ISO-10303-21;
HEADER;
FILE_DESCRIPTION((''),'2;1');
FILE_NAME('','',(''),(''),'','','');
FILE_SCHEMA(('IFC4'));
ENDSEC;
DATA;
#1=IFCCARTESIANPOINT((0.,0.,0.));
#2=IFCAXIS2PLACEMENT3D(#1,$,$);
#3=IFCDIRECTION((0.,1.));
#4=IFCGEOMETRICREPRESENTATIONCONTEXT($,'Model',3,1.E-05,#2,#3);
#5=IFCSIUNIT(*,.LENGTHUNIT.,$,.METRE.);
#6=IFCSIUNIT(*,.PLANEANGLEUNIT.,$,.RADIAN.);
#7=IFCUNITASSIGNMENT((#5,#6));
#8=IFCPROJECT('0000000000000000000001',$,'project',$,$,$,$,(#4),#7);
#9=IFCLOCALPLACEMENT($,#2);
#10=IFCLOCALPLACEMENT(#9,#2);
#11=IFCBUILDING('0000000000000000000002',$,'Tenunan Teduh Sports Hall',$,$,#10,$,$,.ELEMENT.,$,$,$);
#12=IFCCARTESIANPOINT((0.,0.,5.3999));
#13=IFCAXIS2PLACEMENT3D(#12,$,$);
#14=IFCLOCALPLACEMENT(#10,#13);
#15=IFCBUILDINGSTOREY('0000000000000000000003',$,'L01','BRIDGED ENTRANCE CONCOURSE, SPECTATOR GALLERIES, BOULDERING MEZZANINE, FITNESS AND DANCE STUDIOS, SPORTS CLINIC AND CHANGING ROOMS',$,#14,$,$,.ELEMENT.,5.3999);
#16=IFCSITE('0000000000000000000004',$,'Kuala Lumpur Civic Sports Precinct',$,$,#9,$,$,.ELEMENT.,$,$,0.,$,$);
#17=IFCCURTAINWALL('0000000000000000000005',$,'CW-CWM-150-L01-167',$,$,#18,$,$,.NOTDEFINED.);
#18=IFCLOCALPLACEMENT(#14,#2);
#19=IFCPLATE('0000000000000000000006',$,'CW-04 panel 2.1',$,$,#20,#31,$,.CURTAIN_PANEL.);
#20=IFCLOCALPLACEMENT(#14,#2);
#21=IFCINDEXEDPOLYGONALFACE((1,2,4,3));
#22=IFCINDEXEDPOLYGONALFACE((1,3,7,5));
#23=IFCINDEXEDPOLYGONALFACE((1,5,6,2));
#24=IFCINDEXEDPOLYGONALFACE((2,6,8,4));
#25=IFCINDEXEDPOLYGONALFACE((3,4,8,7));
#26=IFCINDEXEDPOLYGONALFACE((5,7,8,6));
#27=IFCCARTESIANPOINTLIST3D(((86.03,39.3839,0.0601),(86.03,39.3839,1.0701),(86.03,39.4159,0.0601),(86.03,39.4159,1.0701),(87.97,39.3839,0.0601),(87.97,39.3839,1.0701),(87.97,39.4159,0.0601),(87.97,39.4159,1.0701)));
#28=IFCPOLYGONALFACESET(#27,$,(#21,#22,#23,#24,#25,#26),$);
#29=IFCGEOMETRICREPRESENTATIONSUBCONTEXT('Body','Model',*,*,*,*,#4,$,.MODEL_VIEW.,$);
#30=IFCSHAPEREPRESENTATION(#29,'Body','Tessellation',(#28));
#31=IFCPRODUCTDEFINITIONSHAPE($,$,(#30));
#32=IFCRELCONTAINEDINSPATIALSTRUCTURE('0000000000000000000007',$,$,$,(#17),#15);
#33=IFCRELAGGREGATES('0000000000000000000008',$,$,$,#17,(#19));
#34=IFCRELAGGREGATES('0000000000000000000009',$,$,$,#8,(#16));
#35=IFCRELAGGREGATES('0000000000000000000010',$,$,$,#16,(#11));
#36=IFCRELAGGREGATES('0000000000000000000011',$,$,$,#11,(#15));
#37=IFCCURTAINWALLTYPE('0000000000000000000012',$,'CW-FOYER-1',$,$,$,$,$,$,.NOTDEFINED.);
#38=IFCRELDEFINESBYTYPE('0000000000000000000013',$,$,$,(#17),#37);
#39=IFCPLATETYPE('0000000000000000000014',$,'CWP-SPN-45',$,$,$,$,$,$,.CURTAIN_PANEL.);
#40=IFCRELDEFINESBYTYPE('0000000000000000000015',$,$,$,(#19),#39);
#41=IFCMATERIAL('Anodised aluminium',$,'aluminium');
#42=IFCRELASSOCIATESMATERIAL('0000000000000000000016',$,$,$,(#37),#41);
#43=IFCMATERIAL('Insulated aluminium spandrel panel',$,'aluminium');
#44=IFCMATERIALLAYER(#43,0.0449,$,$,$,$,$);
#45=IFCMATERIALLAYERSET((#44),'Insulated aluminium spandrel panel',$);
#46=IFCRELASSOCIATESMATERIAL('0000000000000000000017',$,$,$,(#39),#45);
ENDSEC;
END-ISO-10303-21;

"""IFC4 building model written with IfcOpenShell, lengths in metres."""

from ifc_helpers import new_model, si_unit, direction, frame, origin, origin_2d, place, context, subcontext, project, spatial, rectangle, extrude, material, layer, layer_set, type_object, element, aggregate, save


model = new_model("IFC4")

# Units and contexts
model_context = context("Model", 3, precision=1e-05, world=origin(), true_north=direction((0.0, 1.0)))
body_context = subcontext(model_context, "Body", "Model", "MODEL_VIEW")
ifc_project = project(units=[si_unit("LENGTHUNIT", "METRE"), si_unit("PLANEANGLEUNIT", "RADIAN")], contexts=[model_context])

# Site, building, storey
site_placement = place(None, origin())
site = spatial("IfcSite", under=ifc_project, at=site_placement, Name="Kuala Lumpur Civic Sports Precinct", CompositionType="ELEMENT", RefElevation=0.0)
building_placement = place(site_placement, origin())
building = spatial("IfcBuilding", under=site, at=building_placement, Name="Tenunan Teduh Sports Hall", CompositionType="ELEMENT")
storey_placement = place(building_placement, frame((0.0, 0.0, 5.3999)))
storey = spatial("IfcBuildingStorey", under=building, at=storey_placement, Name="L01", Description="BRIDGED ENTRANCE CONCOURSE, SPECTATOR GALLERIES, BOULDERING MEZZANINE, FITNESS AND DANCE STUDIOS, SPORTS CLINIC AND CHANGING ROOMS", CompositionType="ELEMENT", Elevation=5.3999)

# Curtain wall
ifc_material_1 = material(Name="Anodised aluminium", Category="aluminium")
curtain_wall_type = type_object("IfcCurtainWallType", Name="CW-FOYER-1", PredefinedType="NOTDEFINED", material=ifc_material_1)
curtain_wall_1_placement = place(storey_placement, origin())
curtain_wall_1 = element("IfcCurtainWall", 1, at=curtain_wall_1_placement, inside=storey, type_object=curtain_wall_type, Name="CW-CWM-150-L01-167", PredefinedType="NOTDEFINED")

# Plate
ifc_material_2 = material(Name="Insulated aluminium spandrel panel", Category="aluminium")
ifc_layer_1 = layer(ifc_material_2, 0.0449)
ifc_layer_set_1 = layer_set([ifc_layer_1], Name="Insulated aluminium spandrel panel")
plate_type_1 = type_object("IfcPlateType", Name="CWP-SPN-45", PredefinedType="CURTAIN_PANEL", material=ifc_layer_set_1)
plate_1_placement = place(storey_placement, frame((87.0, 39.3999, 0.0601), z_axis=(0.0, 0.0, 1.0), x_axis=(1.0, 0.0, 0.0)))
plate_1 = element("IfcPlate", 2, at=plate_1_placement, type_object=plate_type_1, Name="CW-04 panel 2.1", PredefinedType="CURTAIN_PANEL", context=body_context, shape_type="SweptSolid", body=[
    extrude(rectangle(XDim=1.9399, YDim=0.032, at=origin_2d()), origin(), (0.0, 0.0, 1.0), 1.01),
])
aggregate(curtain_wall_1, [plate_1])

save(model, "model.ifc")
